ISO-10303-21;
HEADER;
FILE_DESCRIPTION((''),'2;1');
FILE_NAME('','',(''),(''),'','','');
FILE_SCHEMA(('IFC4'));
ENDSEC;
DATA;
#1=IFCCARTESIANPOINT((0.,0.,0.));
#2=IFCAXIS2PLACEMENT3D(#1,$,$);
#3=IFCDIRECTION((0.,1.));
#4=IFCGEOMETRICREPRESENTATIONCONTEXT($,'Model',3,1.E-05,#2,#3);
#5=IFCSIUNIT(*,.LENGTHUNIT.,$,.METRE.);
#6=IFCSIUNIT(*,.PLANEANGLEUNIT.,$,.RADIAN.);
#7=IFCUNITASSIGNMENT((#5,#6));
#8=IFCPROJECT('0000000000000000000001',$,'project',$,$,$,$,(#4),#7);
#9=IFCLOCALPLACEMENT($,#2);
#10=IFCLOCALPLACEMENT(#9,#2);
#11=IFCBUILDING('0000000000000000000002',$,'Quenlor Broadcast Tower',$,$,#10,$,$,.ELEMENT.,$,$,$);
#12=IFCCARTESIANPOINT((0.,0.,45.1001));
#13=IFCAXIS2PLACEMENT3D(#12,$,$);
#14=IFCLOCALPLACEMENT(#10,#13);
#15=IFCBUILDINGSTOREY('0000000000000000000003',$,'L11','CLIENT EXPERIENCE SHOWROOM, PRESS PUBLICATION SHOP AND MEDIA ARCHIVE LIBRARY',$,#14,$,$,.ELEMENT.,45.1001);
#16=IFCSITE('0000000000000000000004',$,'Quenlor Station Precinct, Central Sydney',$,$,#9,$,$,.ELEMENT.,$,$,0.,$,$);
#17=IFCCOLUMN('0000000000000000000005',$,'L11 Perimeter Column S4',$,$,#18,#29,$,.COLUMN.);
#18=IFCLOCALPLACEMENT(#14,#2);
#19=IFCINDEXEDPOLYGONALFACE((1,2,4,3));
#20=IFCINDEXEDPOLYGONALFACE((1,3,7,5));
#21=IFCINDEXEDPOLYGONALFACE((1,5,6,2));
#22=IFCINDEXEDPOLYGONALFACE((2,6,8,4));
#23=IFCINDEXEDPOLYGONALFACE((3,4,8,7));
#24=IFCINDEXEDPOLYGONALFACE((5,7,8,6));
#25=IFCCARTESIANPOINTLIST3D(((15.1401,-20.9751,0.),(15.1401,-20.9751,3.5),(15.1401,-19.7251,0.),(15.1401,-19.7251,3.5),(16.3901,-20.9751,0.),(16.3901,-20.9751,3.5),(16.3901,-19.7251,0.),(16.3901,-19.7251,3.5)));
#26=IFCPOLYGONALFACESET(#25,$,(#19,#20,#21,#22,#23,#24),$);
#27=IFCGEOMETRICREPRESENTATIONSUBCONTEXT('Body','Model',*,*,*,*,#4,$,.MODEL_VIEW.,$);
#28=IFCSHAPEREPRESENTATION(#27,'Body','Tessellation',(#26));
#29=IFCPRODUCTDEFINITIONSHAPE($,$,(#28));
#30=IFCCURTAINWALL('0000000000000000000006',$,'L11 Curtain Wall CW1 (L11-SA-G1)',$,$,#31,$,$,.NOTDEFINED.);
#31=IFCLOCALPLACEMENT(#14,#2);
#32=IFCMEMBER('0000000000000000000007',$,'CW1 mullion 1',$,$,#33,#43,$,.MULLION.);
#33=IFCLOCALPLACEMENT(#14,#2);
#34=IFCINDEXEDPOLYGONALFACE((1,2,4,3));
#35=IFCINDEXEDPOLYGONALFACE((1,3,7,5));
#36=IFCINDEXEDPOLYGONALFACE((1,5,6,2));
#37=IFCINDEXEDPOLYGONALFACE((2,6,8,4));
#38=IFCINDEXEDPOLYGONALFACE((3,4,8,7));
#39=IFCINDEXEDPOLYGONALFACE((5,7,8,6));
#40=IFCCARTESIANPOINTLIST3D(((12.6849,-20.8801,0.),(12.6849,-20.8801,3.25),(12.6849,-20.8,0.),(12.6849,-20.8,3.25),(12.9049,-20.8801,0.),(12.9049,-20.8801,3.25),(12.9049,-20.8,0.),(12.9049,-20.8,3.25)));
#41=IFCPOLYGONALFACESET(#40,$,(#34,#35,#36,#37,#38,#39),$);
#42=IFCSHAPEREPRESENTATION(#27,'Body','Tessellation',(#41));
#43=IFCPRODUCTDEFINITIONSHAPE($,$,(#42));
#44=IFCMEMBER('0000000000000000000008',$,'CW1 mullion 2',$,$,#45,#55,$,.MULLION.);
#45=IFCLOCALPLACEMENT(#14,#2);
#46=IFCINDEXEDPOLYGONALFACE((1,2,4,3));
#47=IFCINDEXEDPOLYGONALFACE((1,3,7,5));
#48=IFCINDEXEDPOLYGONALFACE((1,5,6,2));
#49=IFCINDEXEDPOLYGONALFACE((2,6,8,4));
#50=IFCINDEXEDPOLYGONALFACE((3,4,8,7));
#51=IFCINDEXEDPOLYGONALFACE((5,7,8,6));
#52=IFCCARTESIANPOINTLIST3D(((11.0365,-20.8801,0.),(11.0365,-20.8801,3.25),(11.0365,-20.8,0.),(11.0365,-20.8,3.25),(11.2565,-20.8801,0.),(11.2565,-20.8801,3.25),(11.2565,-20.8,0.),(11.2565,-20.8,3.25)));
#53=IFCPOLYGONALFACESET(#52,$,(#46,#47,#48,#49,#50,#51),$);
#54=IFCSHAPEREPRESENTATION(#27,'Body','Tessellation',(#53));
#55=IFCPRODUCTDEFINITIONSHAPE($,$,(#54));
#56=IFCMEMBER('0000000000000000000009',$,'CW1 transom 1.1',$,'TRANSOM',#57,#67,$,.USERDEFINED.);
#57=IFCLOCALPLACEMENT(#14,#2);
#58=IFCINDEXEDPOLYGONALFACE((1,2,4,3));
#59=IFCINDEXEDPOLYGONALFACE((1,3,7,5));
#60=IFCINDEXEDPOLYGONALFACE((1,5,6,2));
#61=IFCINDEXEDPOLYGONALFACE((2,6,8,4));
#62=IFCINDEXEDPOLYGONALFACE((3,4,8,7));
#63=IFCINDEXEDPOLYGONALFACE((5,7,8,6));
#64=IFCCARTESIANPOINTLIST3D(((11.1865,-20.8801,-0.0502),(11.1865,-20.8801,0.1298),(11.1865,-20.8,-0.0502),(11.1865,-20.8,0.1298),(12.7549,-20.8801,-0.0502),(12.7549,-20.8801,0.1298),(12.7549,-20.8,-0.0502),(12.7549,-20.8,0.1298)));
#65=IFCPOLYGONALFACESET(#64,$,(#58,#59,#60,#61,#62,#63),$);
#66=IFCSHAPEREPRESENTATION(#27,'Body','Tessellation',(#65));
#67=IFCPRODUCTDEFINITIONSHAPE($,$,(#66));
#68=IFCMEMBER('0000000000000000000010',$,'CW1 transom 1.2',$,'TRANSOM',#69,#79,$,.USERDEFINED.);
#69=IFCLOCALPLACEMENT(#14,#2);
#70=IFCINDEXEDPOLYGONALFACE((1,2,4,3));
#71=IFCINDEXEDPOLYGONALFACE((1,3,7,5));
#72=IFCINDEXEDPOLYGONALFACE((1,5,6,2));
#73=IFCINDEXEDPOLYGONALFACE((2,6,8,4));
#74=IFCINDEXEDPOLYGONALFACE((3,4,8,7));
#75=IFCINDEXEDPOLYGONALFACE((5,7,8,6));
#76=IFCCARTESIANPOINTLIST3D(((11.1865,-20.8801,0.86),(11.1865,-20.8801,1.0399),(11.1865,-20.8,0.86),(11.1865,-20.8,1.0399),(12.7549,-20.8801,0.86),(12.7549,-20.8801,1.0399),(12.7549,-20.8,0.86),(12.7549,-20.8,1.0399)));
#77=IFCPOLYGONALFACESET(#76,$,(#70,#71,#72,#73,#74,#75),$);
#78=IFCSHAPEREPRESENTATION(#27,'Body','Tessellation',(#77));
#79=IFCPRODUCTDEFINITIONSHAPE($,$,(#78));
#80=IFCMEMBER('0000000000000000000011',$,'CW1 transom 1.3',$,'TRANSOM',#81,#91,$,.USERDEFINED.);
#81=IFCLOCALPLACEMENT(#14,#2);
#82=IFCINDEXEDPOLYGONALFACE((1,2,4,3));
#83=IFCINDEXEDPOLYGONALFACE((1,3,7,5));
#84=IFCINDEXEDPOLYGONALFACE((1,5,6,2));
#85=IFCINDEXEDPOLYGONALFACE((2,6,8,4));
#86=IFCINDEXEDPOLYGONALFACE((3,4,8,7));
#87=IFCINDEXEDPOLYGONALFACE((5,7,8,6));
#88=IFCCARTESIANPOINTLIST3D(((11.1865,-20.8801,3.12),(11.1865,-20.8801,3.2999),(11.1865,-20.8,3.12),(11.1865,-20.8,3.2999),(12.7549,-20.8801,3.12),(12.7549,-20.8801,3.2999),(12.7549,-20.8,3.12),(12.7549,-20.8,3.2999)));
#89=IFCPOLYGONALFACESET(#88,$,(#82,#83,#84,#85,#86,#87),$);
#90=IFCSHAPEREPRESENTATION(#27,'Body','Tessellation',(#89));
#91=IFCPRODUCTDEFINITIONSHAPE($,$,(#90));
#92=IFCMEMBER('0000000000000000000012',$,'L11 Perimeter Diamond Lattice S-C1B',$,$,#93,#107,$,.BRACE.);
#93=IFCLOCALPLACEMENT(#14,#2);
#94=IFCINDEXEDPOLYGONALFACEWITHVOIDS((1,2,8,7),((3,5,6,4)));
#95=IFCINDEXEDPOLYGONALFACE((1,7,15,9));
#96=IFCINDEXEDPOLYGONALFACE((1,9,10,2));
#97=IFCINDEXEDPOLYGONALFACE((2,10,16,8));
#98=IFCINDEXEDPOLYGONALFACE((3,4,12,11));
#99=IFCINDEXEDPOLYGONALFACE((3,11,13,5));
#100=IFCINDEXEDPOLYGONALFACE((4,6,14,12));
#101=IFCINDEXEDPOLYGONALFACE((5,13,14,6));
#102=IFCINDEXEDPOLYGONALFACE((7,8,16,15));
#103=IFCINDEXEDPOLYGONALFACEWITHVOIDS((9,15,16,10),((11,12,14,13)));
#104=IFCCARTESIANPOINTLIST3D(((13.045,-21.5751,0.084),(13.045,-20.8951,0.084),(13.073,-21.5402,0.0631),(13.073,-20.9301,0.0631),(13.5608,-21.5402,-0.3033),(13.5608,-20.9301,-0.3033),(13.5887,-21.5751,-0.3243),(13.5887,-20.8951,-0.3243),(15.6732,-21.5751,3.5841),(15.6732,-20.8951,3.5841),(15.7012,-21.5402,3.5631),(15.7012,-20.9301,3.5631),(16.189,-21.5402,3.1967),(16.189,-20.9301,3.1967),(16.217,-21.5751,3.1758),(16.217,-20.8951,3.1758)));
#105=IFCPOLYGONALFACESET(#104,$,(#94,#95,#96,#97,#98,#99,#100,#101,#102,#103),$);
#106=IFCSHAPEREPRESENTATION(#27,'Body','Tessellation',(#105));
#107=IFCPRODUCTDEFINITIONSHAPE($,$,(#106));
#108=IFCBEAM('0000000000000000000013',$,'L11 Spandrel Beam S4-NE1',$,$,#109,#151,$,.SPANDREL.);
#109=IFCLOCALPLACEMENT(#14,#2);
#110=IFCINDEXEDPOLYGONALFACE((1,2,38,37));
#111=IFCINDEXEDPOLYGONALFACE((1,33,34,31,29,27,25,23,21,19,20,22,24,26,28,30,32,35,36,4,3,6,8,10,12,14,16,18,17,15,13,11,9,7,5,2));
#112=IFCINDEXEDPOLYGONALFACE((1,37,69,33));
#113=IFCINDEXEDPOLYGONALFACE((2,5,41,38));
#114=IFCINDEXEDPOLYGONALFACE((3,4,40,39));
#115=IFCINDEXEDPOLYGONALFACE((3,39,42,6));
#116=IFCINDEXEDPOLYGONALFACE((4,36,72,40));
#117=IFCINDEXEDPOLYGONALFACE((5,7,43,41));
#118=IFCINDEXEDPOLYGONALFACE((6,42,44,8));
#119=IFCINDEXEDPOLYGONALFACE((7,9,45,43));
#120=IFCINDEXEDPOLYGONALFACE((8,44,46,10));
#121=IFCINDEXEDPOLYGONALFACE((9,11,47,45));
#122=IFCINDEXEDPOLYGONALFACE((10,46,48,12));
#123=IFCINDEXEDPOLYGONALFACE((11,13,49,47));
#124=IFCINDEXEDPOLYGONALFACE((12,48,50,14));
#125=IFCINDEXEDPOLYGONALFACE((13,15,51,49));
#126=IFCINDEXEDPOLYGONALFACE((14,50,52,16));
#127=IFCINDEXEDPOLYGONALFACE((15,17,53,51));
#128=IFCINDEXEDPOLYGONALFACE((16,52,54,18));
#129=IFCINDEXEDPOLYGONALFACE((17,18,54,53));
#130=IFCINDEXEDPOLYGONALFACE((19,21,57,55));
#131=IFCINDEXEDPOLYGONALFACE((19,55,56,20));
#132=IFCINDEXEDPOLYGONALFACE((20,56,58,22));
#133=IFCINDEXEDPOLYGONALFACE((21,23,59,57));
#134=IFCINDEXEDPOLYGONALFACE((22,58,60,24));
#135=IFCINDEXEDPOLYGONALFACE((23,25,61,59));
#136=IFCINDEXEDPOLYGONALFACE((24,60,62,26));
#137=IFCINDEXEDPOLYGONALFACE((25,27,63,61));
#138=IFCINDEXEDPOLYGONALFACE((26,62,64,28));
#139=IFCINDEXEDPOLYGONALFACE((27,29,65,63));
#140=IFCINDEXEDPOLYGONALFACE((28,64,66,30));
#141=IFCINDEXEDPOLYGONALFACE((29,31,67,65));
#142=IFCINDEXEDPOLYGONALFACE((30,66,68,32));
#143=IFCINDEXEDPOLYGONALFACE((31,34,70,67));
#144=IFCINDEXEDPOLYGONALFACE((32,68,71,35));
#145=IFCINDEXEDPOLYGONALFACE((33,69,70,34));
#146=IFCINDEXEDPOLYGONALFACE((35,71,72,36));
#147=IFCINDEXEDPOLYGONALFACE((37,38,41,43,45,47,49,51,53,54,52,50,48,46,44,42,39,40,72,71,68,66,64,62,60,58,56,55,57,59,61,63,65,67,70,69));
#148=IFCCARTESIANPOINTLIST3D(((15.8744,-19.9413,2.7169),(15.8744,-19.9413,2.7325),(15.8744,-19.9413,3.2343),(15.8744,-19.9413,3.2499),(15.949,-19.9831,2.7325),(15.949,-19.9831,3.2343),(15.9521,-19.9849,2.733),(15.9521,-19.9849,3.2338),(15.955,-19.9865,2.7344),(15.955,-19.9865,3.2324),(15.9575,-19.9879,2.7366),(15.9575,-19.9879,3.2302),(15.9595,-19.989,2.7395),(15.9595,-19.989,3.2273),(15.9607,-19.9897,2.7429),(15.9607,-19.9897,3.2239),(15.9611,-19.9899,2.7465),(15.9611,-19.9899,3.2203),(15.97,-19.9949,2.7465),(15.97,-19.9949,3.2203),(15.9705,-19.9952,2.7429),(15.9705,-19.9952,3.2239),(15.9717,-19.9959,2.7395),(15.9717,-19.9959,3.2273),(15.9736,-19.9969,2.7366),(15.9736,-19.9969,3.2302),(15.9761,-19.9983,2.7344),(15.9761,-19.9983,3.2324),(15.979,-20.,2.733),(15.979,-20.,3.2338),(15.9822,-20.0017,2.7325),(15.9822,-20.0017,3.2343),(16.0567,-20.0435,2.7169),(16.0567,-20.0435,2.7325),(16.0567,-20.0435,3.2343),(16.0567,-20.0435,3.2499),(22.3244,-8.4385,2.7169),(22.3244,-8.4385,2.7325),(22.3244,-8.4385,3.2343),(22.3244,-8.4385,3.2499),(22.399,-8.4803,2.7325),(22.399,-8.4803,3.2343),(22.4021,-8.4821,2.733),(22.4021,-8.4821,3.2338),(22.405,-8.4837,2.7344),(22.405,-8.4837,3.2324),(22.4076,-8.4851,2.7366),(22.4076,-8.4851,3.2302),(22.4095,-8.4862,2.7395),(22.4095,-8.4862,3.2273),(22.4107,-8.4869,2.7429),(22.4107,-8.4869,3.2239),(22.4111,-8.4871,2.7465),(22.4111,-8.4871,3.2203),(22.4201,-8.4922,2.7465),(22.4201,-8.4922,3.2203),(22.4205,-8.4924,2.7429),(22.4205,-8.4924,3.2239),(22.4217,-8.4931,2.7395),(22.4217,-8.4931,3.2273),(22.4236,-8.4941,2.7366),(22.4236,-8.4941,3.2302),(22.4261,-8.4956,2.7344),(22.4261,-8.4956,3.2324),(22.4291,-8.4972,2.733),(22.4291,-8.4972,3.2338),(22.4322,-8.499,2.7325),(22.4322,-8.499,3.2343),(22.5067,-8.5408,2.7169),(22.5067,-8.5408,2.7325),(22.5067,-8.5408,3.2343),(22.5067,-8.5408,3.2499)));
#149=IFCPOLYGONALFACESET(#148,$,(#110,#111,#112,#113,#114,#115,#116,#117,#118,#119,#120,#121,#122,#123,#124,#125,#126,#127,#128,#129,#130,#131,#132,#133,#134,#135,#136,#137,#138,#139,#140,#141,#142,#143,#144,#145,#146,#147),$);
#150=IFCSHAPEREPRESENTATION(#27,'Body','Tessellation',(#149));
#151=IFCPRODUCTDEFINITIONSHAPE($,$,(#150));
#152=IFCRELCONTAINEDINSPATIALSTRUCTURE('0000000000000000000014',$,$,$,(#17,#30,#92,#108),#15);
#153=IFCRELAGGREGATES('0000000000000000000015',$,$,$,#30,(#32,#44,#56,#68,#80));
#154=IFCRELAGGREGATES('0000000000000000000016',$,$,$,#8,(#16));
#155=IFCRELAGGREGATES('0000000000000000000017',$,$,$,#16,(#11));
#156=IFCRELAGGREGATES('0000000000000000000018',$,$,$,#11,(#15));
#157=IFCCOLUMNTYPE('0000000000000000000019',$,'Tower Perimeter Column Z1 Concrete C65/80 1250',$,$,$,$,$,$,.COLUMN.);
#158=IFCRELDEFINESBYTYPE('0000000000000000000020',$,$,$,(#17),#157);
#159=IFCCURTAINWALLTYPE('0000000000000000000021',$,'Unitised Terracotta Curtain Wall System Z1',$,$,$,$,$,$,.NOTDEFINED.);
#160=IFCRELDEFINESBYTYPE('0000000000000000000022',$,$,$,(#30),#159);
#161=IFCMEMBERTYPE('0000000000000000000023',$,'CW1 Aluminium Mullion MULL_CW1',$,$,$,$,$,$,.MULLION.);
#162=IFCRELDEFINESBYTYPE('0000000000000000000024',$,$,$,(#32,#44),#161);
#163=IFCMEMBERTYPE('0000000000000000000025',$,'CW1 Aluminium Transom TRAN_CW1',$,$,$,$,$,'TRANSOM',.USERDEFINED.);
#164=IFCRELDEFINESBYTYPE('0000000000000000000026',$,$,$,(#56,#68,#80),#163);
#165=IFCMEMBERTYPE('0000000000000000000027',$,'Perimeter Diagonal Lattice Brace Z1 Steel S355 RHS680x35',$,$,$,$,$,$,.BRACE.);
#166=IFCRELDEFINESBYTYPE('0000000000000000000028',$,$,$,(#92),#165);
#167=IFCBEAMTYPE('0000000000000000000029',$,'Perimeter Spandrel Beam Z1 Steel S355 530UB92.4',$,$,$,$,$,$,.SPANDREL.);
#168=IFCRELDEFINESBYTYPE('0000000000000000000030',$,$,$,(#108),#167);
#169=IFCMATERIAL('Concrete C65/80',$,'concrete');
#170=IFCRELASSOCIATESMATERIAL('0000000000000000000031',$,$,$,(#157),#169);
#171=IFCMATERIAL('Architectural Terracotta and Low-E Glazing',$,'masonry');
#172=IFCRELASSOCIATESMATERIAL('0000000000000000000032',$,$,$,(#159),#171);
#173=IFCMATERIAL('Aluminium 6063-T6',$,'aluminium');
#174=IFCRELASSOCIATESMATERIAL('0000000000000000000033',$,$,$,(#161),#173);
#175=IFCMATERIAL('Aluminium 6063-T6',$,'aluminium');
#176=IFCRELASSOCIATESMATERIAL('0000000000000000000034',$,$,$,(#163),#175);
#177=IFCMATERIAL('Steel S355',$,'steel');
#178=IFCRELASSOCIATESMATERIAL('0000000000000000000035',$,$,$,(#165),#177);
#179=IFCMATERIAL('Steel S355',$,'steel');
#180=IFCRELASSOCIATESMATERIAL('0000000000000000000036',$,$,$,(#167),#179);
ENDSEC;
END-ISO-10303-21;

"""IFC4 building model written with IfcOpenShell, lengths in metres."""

from ifc_helpers import new_model, si_unit, direction, frame, origin, origin_2d, place, context, subcontext, project, spatial, rectangle, hollow_rectangle, i_section, extrude, material, material_profile, profile_set, type_object, element, aggregate, save


model = new_model("IFC4")

# Units and contexts
model_context = context("Model", 3, precision=1e-05, world=origin(), true_north=direction((0.0, 1.0)))
body_context = subcontext(model_context, "Body", "Model", "MODEL_VIEW")
ifc_project = project(units=[si_unit("LENGTHUNIT", "METRE"), si_unit("PLANEANGLEUNIT", "RADIAN")], contexts=[model_context])

# Site, building, storey
site_placement = place(None, origin())
site = spatial("IfcSite", under=ifc_project, at=site_placement, Name="Quenlor Station Precinct, Central Sydney", CompositionType="ELEMENT", RefElevation=0.0)
building_placement = place(site_placement, origin())
building = spatial("IfcBuilding", under=site, at=building_placement, Name="Quenlor Broadcast Tower", CompositionType="ELEMENT")
storey_placement = place(building_placement, frame((0.0, 0.0, 45.1001)))
storey = spatial("IfcBuildingStorey", under=building, at=storey_placement, Name="L11", Description="CLIENT EXPERIENCE SHOWROOM, PRESS PUBLICATION SHOP AND MEDIA ARCHIVE LIBRARY", CompositionType="ELEMENT", Elevation=45.1001)

# Column
ifc_material_1 = material(Name="Concrete C65/80", Category="concrete")
ifc_material_profile_1 = material_profile(ifc_material_1, rectangle(XDim=1.25, YDim=1.25, at=origin_2d()))
ifc_profile_set_1 = profile_set([ifc_material_profile_1], Name="Concrete C65/80 RC1250x1250")
column_type = type_object("IfcColumnType", Name="Tower Perimeter Column Z1 Concrete C65/80 1250", PredefinedType="COLUMN", material=ifc_profile_set_1)
column_placement = place(storey_placement, frame((15.7651, -20.3501, 0.0), z_axis=(0.0, 0.0, 1.0), x_axis=(0.0, 1.0, 0.0)))
element("IfcColumn", 1, at=column_placement, inside=storey, type_object=column_type, Name="L11 Perimeter Column S4", PredefinedType="COLUMN", context=body_context, shape_type="SweptSolid", body=[
    extrude(rectangle(XDim=1.25, YDim=1.25, at=origin_2d()), origin(), (0.0, 0.0, 1.0), 3.5),
])

# Curtain wall, members
ifc_material_2 = material(Name="Architectural Terracotta and Low-E Glazing", Category="masonry")
curtain_wall_type = type_object("IfcCurtainWallType", Name="Unitised Terracotta Curtain Wall System Z1", PredefinedType="NOTDEFINED", material=ifc_material_2)
curtain_wall_placement = place(storey_placement, origin())
curtain_wall = element("IfcCurtainWall", 2, at=curtain_wall_placement, inside=storey, type_object=curtain_wall_type, Name="L11 Curtain Wall CW1 (L11-SA-G1)", PredefinedType="NOTDEFINED")
ifc_material_3 = material(Name="Aluminium 6063-T6", Category="aluminium")
ifc_material_profile_2 = material_profile(ifc_material_3, rectangle(XDim=0.0801, YDim=0.22, at=origin_2d()))
ifc_profile_set_2 = profile_set([ifc_material_profile_2], Name="Aluminium 6063-T6 MULL80x220")
member_type_1 = type_object("IfcMemberType", Name="CW1 Aluminium Mullion MULL_CW1", PredefinedType="MULLION", material=ifc_profile_set_2)
member_1_placement = place(storey_placement, frame((12.7949, -20.8401, 0.0), z_axis=(0.0, 0.0, 1.0), x_axis=(0.0, -1.0, 0.0)))
member_1 = element("IfcMember", 3, at=member_1_placement, type_object=member_type_1, Name="CW1 mullion 1", PredefinedType="MULLION", context=body_context, shape_type="SweptSolid", body=[
    extrude(rectangle(XDim=0.0801, YDim=0.22, at=origin_2d()), origin(), (0.0, 0.0, 1.0), 3.25),
])
member_2_placement = place(storey_placement, frame((11.1465, -20.8401, 0.0), z_axis=(0.0, 0.0, 1.0), x_axis=(0.0, -1.0, 0.0)))
member_2 = element("IfcMember", 4, at=member_2_placement, type_object=member_type_1, Name="CW1 mullion 2", PredefinedType="MULLION", context=body_context, shape_type="SweptSolid", body=[
    extrude(rectangle(XDim=0.0801, YDim=0.22, at=origin_2d()), origin(), (0.0, 0.0, 1.0), 3.25),
])
ifc_material_4 = material(Name="Aluminium 6063-T6", Category="aluminium")
ifc_material_profile_3 = material_profile(ifc_material_4, rectangle(XDim=0.0801, YDim=0.1799, at=origin_2d()))
ifc_profile_set_3 = profile_set([ifc_material_profile_3], Name="Aluminium 6063-T6 TRAN80x180")
member_type_2 = type_object("IfcMemberType", Name="CW1 Aluminium Transom TRAN_CW1", ElementType="TRANSOM", PredefinedType="USERDEFINED", material=ifc_profile_set_3)
member_3_placement = place(storey_placement, frame((12.7549, -20.8401, 0.0398), z_axis=(-1.0, 0.0, 0.0), x_axis=(0.0, -1.0, 0.0)))
member_3 = element("IfcMember", 5, at=member_3_placement, type_object=member_type_2, Name="CW1 transom 1.1", ObjectType="TRANSOM", PredefinedType="USERDEFINED", context=body_context, shape_type="SweptSolid", body=[
    extrude(rectangle(XDim=0.0801, YDim=0.1799, at=origin_2d()), origin(), (0.0, 0.0, 1.0), 1.5684),
])
member_4_placement = place(storey_placement, frame((12.7549, -20.8401, 0.95), z_axis=(-1.0, 0.0, 0.0), x_axis=(0.0, -1.0, 0.0)))
member_4 = element("IfcMember", 6, at=member_4_placement, type_object=member_type_2, Name="CW1 transom 1.2", ObjectType="TRANSOM", PredefinedType="USERDEFINED", context=body_context, shape_type="SweptSolid", body=[
    extrude(rectangle(XDim=0.0801, YDim=0.1799, at=origin_2d()), origin(), (0.0, 0.0, 1.0), 1.5684),
])
member_5_placement = place(storey_placement, frame((12.7549, -20.8401, 3.21), z_axis=(-1.0, 0.0, 0.0), x_axis=(0.0, -1.0, 0.0)))
member_5 = element("IfcMember", 7, at=member_5_placement, type_object=member_type_2, Name="CW1 transom 1.3", ObjectType="TRANSOM", PredefinedType="USERDEFINED", context=body_context, shape_type="SweptSolid", body=[
    extrude(rectangle(XDim=0.0801, YDim=0.1799, at=origin_2d()), origin(), (0.0, 0.0, 1.0), 1.5684),
])

# Member
ifc_material_5 = material(Name="Steel S355", Category="steel")
ifc_material_profile_4 = material_profile(ifc_material_5, hollow_rectangle(XDim=0.6799, YDim=0.6799, WallThickness=0.0349, at=origin_2d()))
ifc_profile_set_4 = profile_set([ifc_material_profile_4], Name="Steel S355 RHS680x680x35")
member_type_3 = type_object("IfcMemberType", Name="Perimeter Diagonal Lattice Brace Z1 Steel S355 RHS680x35", PredefinedType="BRACE", material=ifc_profile_set_4)
member_6_placement = place(storey_placement, frame((13.3169, -21.2351, -0.1201), z_axis=(0.600464, 0.0, 0.799652), x_axis=(0.0, 1.0, 0.0)))
element("IfcMember", 8, at=member_6_placement, inside=storey, type_object=member_type_3, Name="L11 Perimeter Diamond Lattice S-C1B", PredefinedType="BRACE", context=body_context, shape_type="SweptSolid", body=[
    extrude(hollow_rectangle(XDim=0.6799, YDim=0.6799, WallThickness=0.0349, at=origin_2d()), origin(), (0.0, 0.0, 1.0), 4.377),
])

# Beam
ifc_material_6 = material(Name="Steel S355", Category="steel")
ifc_material_profile_5 = material_profile(ifc_material_6, i_section(OverallWidth=0.209, OverallDepth=0.533, WebThickness=0.0103, FlangeThickness=0.0156, FilletRadius=0.0139, at=origin_2d()))
ifc_profile_set_5 = profile_set([ifc_material_profile_5], Name="Steel S355 530UB92.4")
beam_type_1 = type_object("IfcBeamType", Name="Perimeter Spandrel Beam Z1 Steel S355 530UB92.4", PredefinedType="SPANDREL", material=ifc_profile_set_5)
beam_1_placement = place(storey_placement, frame((15.9656, -19.9924, 2.9834), z_axis=(0.489091, 0.872233, 0.0), x_axis=(-0.872233, 0.489091, 0.0)))
element("IfcBeam", 9, at=beam_1_placement, inside=storey, type_object=beam_type_1, Name="L11 Spandrel Beam S4-NE1", PredefinedType="SPANDREL", context=body_context, shape_type="SweptSolid", body=[
    extrude(i_section(OverallWidth=0.209, OverallDepth=0.533, WebThickness=0.0103, FlangeThickness=0.0156, FilletRadius=0.0139, at=origin_2d()), origin(), (0.0, 0.0, 1.0), 13.1877),
])

aggregate(curtain_wall, [member_1, member_2, member_3, member_4, member_5])

save(model, "model.ifc")
